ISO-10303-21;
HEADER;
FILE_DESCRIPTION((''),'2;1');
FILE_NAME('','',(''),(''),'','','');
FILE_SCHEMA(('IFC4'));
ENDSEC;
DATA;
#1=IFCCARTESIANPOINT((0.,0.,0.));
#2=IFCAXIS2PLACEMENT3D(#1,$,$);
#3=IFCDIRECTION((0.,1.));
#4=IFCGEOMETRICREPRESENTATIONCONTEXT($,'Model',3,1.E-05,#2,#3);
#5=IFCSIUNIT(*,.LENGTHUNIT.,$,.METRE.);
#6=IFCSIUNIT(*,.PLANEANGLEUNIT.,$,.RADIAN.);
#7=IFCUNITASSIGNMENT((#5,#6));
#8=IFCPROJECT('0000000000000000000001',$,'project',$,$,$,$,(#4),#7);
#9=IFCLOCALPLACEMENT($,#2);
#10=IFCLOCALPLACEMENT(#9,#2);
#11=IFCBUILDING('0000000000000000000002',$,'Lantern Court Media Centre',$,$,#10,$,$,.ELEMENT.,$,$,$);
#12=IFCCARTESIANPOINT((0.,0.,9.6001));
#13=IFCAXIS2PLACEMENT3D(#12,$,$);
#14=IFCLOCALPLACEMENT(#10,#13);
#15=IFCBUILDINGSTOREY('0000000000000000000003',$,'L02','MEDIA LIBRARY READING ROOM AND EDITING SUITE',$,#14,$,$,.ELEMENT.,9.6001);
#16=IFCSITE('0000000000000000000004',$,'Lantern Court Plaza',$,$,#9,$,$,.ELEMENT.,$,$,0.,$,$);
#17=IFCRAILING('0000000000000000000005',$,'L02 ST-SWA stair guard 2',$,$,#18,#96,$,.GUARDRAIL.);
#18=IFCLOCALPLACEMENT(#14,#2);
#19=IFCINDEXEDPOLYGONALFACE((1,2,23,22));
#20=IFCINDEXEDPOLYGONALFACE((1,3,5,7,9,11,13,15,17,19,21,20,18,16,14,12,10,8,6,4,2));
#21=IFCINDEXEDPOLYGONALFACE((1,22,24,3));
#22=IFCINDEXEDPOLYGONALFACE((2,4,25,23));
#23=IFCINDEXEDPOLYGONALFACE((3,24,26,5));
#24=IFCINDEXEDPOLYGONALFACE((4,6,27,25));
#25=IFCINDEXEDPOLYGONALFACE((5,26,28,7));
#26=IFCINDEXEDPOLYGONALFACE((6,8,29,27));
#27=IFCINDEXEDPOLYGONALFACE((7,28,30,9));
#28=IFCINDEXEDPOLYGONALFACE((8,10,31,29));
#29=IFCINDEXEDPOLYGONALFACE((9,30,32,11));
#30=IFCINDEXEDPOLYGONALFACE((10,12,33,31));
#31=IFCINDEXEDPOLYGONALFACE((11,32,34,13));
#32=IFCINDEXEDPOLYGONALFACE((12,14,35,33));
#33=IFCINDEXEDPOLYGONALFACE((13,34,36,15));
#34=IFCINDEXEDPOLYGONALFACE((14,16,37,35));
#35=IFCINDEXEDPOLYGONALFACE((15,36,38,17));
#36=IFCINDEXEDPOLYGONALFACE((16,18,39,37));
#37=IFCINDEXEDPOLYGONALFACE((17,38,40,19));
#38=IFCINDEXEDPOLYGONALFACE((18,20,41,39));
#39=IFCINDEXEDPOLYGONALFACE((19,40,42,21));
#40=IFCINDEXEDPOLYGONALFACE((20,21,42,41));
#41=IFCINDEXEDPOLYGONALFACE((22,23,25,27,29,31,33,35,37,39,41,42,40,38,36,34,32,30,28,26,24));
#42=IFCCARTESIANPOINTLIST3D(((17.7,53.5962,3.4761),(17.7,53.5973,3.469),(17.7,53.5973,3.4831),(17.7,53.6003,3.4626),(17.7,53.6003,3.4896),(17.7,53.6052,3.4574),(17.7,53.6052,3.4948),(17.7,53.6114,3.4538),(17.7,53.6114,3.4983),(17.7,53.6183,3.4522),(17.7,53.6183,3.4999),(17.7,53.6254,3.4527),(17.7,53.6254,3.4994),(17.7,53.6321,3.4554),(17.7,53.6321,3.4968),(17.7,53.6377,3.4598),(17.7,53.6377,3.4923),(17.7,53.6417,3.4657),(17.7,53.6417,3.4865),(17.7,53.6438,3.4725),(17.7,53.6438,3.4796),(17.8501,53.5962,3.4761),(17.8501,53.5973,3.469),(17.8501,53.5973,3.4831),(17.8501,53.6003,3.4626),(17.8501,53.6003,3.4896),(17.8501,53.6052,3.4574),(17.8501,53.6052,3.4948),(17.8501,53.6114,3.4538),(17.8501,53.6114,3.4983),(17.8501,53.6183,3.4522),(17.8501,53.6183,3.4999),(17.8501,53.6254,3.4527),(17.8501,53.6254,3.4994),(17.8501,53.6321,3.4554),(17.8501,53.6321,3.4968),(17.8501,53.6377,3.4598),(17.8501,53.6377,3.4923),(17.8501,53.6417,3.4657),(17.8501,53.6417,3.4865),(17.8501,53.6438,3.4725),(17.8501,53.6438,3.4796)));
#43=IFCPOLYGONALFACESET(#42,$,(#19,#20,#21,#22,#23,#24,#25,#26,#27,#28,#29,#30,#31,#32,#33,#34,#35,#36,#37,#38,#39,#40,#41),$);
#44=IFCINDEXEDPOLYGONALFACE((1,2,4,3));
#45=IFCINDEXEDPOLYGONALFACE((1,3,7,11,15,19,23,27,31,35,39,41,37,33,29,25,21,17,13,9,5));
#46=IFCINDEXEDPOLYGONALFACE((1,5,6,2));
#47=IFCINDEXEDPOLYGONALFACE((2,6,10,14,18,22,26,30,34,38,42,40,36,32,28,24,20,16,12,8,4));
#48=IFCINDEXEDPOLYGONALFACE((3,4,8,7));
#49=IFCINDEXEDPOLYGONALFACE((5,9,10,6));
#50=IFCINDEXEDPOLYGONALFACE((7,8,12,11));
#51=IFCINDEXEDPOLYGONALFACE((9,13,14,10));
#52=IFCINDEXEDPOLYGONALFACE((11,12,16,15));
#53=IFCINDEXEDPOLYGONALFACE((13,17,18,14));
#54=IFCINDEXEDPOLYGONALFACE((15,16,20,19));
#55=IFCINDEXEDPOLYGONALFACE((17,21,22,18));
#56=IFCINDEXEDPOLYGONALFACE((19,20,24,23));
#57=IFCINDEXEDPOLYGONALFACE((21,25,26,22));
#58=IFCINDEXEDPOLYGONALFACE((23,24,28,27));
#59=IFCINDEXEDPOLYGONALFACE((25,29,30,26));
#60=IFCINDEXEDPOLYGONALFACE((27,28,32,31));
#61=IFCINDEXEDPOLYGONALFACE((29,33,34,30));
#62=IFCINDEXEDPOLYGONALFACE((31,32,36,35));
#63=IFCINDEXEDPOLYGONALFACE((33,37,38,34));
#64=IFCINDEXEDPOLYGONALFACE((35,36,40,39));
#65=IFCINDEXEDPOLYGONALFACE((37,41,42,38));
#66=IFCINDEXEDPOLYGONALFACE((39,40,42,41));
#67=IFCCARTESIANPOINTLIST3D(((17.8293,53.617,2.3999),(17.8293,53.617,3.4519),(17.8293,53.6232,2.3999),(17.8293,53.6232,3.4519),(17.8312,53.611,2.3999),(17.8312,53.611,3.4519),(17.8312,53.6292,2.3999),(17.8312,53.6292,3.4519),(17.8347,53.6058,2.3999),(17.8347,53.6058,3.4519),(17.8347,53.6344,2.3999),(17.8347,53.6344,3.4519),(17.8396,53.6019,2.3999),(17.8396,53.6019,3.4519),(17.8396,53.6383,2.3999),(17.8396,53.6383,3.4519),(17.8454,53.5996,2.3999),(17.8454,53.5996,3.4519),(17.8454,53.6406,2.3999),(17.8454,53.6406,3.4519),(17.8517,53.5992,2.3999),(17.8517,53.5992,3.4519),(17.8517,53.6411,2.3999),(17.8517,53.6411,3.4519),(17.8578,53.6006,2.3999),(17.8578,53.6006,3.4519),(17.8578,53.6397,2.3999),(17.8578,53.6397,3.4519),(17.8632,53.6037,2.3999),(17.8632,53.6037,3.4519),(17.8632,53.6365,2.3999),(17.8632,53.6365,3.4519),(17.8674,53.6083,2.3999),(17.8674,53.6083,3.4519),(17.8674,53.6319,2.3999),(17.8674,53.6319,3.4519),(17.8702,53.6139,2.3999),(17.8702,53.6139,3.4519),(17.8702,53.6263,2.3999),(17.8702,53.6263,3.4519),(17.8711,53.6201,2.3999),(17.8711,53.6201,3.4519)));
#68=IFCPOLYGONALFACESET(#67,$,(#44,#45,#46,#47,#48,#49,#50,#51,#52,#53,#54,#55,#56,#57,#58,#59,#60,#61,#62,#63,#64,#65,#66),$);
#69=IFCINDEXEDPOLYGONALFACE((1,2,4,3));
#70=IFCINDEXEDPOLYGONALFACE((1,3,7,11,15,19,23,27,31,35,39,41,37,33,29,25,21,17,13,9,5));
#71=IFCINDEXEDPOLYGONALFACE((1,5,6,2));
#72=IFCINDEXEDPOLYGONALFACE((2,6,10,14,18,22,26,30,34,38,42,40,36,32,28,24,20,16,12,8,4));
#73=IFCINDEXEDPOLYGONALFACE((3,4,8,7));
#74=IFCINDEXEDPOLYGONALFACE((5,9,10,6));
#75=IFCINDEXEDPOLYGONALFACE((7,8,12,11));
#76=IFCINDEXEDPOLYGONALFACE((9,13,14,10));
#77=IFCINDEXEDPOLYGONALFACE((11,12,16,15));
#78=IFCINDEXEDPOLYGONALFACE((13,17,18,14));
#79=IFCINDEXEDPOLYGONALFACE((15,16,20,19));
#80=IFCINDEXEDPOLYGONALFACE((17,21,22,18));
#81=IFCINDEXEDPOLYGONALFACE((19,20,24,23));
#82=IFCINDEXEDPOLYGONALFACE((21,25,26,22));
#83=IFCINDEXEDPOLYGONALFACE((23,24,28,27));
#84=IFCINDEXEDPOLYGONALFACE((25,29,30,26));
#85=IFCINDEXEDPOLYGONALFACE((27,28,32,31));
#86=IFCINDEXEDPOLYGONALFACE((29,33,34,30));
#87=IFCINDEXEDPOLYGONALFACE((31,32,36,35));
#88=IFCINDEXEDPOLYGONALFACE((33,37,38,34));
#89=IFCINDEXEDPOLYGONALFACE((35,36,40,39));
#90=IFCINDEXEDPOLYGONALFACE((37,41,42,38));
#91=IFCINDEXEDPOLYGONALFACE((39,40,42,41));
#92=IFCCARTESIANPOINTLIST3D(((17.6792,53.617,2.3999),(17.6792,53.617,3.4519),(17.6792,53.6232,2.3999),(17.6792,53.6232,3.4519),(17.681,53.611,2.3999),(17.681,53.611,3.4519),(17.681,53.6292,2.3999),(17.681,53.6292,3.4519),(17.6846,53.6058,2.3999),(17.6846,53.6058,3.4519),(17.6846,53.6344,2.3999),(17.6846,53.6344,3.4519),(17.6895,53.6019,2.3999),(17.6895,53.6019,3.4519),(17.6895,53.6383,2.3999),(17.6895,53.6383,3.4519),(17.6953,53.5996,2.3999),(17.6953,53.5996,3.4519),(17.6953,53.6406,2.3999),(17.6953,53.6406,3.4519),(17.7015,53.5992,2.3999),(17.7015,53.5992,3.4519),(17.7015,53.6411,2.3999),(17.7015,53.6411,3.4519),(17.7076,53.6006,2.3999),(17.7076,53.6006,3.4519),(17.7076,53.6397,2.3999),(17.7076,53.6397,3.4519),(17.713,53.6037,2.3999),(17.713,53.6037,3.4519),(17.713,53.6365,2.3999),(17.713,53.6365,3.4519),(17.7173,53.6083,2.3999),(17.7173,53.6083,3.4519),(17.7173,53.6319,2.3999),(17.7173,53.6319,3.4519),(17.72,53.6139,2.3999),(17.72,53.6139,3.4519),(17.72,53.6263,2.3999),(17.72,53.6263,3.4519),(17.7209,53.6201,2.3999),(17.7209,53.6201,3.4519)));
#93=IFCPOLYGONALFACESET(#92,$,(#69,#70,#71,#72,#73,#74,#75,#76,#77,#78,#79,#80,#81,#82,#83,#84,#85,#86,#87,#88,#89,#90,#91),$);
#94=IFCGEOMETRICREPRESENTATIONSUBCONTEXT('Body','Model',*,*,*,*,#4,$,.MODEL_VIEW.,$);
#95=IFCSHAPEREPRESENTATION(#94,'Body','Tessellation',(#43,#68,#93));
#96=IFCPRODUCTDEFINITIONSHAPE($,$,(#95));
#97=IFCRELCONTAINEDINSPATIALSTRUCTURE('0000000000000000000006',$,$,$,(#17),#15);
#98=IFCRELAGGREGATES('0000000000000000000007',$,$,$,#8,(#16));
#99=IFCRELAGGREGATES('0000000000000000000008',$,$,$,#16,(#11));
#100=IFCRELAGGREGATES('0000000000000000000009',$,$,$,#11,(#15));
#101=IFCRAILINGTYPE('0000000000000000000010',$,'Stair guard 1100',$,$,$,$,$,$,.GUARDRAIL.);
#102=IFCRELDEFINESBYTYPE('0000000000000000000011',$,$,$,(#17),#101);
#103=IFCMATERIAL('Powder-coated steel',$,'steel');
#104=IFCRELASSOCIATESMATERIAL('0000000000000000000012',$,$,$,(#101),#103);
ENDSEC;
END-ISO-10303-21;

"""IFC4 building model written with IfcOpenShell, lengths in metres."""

from ifc_helpers import new_model, si_unit, direction, frame, origin, origin_2d, place, context, subcontext, project, spatial, circle, extrude, material, type_object, element, save


model = new_model("IFC4")

# Units and contexts
model_context = context("Model", 3, precision=1e-05, world=origin(), true_north=direction((0.0, 1.0)))
body_context = subcontext(model_context, "Body", "Model", "MODEL_VIEW")
ifc_project = project(units=[si_unit("LENGTHUNIT", "METRE"), si_unit("PLANEANGLEUNIT", "RADIAN")], contexts=[model_context])

# Site, building, storey
site_placement = place(None, origin())
site = spatial("IfcSite", under=ifc_project, at=site_placement, Name="Lantern Court Plaza", CompositionType="ELEMENT", RefElevation=0.0)
building_placement = place(site_placement, origin())
building = spatial("IfcBuilding", under=site, at=building_placement, Name="Lantern Court Media Centre", CompositionType="ELEMENT")
storey_placement = place(building_placement, frame((0.0, 0.0, 9.6001)))
storey = spatial("IfcBuildingStorey", under=building, at=storey_placement, Name="L02", Description="MEDIA LIBRARY READING ROOM AND EDITING SUITE", CompositionType="ELEMENT", Elevation=9.6001)

# Shared definitions
ifc_material_1 = material(Name="Powder-coated steel", Category="steel")

# Railing
railing_type_1 = type_object("IfcRailingType", Name="Stair guard 1100", PredefinedType="GUARDRAIL", material=ifc_material_1)
railing_1_placement = place(storey_placement, frame((17.8501, 53.6201, 2.3999)))
element("IfcRailing", 1, at=railing_1_placement, inside=storey, type_object=railing_type_1, Name="L02 ST-SWA stair guard 2", PredefinedType="GUARDRAIL", context=body_context, shape_type="SweptSolid", body=[
    extrude(circle(Radius=0.0239, at=origin_2d()), frame((0.0, 0.0, 1.0762), z_axis=(-1.0, 0.0, 0.0), x_axis=(0.0, -1.0, 0.0)), (0.0, 0.0, 1.0), 0.1501),
    extrude(circle(Radius=0.021, at=origin_2d()), origin(), (0.0, 0.0, 1.0), 1.052),
    extrude(circle(Radius=0.021, at=origin_2d()), frame((-0.1501, 0.0, 0.0)), (0.0, 0.0, 1.0), 1.052),
])

save(model, "model.ifc")
